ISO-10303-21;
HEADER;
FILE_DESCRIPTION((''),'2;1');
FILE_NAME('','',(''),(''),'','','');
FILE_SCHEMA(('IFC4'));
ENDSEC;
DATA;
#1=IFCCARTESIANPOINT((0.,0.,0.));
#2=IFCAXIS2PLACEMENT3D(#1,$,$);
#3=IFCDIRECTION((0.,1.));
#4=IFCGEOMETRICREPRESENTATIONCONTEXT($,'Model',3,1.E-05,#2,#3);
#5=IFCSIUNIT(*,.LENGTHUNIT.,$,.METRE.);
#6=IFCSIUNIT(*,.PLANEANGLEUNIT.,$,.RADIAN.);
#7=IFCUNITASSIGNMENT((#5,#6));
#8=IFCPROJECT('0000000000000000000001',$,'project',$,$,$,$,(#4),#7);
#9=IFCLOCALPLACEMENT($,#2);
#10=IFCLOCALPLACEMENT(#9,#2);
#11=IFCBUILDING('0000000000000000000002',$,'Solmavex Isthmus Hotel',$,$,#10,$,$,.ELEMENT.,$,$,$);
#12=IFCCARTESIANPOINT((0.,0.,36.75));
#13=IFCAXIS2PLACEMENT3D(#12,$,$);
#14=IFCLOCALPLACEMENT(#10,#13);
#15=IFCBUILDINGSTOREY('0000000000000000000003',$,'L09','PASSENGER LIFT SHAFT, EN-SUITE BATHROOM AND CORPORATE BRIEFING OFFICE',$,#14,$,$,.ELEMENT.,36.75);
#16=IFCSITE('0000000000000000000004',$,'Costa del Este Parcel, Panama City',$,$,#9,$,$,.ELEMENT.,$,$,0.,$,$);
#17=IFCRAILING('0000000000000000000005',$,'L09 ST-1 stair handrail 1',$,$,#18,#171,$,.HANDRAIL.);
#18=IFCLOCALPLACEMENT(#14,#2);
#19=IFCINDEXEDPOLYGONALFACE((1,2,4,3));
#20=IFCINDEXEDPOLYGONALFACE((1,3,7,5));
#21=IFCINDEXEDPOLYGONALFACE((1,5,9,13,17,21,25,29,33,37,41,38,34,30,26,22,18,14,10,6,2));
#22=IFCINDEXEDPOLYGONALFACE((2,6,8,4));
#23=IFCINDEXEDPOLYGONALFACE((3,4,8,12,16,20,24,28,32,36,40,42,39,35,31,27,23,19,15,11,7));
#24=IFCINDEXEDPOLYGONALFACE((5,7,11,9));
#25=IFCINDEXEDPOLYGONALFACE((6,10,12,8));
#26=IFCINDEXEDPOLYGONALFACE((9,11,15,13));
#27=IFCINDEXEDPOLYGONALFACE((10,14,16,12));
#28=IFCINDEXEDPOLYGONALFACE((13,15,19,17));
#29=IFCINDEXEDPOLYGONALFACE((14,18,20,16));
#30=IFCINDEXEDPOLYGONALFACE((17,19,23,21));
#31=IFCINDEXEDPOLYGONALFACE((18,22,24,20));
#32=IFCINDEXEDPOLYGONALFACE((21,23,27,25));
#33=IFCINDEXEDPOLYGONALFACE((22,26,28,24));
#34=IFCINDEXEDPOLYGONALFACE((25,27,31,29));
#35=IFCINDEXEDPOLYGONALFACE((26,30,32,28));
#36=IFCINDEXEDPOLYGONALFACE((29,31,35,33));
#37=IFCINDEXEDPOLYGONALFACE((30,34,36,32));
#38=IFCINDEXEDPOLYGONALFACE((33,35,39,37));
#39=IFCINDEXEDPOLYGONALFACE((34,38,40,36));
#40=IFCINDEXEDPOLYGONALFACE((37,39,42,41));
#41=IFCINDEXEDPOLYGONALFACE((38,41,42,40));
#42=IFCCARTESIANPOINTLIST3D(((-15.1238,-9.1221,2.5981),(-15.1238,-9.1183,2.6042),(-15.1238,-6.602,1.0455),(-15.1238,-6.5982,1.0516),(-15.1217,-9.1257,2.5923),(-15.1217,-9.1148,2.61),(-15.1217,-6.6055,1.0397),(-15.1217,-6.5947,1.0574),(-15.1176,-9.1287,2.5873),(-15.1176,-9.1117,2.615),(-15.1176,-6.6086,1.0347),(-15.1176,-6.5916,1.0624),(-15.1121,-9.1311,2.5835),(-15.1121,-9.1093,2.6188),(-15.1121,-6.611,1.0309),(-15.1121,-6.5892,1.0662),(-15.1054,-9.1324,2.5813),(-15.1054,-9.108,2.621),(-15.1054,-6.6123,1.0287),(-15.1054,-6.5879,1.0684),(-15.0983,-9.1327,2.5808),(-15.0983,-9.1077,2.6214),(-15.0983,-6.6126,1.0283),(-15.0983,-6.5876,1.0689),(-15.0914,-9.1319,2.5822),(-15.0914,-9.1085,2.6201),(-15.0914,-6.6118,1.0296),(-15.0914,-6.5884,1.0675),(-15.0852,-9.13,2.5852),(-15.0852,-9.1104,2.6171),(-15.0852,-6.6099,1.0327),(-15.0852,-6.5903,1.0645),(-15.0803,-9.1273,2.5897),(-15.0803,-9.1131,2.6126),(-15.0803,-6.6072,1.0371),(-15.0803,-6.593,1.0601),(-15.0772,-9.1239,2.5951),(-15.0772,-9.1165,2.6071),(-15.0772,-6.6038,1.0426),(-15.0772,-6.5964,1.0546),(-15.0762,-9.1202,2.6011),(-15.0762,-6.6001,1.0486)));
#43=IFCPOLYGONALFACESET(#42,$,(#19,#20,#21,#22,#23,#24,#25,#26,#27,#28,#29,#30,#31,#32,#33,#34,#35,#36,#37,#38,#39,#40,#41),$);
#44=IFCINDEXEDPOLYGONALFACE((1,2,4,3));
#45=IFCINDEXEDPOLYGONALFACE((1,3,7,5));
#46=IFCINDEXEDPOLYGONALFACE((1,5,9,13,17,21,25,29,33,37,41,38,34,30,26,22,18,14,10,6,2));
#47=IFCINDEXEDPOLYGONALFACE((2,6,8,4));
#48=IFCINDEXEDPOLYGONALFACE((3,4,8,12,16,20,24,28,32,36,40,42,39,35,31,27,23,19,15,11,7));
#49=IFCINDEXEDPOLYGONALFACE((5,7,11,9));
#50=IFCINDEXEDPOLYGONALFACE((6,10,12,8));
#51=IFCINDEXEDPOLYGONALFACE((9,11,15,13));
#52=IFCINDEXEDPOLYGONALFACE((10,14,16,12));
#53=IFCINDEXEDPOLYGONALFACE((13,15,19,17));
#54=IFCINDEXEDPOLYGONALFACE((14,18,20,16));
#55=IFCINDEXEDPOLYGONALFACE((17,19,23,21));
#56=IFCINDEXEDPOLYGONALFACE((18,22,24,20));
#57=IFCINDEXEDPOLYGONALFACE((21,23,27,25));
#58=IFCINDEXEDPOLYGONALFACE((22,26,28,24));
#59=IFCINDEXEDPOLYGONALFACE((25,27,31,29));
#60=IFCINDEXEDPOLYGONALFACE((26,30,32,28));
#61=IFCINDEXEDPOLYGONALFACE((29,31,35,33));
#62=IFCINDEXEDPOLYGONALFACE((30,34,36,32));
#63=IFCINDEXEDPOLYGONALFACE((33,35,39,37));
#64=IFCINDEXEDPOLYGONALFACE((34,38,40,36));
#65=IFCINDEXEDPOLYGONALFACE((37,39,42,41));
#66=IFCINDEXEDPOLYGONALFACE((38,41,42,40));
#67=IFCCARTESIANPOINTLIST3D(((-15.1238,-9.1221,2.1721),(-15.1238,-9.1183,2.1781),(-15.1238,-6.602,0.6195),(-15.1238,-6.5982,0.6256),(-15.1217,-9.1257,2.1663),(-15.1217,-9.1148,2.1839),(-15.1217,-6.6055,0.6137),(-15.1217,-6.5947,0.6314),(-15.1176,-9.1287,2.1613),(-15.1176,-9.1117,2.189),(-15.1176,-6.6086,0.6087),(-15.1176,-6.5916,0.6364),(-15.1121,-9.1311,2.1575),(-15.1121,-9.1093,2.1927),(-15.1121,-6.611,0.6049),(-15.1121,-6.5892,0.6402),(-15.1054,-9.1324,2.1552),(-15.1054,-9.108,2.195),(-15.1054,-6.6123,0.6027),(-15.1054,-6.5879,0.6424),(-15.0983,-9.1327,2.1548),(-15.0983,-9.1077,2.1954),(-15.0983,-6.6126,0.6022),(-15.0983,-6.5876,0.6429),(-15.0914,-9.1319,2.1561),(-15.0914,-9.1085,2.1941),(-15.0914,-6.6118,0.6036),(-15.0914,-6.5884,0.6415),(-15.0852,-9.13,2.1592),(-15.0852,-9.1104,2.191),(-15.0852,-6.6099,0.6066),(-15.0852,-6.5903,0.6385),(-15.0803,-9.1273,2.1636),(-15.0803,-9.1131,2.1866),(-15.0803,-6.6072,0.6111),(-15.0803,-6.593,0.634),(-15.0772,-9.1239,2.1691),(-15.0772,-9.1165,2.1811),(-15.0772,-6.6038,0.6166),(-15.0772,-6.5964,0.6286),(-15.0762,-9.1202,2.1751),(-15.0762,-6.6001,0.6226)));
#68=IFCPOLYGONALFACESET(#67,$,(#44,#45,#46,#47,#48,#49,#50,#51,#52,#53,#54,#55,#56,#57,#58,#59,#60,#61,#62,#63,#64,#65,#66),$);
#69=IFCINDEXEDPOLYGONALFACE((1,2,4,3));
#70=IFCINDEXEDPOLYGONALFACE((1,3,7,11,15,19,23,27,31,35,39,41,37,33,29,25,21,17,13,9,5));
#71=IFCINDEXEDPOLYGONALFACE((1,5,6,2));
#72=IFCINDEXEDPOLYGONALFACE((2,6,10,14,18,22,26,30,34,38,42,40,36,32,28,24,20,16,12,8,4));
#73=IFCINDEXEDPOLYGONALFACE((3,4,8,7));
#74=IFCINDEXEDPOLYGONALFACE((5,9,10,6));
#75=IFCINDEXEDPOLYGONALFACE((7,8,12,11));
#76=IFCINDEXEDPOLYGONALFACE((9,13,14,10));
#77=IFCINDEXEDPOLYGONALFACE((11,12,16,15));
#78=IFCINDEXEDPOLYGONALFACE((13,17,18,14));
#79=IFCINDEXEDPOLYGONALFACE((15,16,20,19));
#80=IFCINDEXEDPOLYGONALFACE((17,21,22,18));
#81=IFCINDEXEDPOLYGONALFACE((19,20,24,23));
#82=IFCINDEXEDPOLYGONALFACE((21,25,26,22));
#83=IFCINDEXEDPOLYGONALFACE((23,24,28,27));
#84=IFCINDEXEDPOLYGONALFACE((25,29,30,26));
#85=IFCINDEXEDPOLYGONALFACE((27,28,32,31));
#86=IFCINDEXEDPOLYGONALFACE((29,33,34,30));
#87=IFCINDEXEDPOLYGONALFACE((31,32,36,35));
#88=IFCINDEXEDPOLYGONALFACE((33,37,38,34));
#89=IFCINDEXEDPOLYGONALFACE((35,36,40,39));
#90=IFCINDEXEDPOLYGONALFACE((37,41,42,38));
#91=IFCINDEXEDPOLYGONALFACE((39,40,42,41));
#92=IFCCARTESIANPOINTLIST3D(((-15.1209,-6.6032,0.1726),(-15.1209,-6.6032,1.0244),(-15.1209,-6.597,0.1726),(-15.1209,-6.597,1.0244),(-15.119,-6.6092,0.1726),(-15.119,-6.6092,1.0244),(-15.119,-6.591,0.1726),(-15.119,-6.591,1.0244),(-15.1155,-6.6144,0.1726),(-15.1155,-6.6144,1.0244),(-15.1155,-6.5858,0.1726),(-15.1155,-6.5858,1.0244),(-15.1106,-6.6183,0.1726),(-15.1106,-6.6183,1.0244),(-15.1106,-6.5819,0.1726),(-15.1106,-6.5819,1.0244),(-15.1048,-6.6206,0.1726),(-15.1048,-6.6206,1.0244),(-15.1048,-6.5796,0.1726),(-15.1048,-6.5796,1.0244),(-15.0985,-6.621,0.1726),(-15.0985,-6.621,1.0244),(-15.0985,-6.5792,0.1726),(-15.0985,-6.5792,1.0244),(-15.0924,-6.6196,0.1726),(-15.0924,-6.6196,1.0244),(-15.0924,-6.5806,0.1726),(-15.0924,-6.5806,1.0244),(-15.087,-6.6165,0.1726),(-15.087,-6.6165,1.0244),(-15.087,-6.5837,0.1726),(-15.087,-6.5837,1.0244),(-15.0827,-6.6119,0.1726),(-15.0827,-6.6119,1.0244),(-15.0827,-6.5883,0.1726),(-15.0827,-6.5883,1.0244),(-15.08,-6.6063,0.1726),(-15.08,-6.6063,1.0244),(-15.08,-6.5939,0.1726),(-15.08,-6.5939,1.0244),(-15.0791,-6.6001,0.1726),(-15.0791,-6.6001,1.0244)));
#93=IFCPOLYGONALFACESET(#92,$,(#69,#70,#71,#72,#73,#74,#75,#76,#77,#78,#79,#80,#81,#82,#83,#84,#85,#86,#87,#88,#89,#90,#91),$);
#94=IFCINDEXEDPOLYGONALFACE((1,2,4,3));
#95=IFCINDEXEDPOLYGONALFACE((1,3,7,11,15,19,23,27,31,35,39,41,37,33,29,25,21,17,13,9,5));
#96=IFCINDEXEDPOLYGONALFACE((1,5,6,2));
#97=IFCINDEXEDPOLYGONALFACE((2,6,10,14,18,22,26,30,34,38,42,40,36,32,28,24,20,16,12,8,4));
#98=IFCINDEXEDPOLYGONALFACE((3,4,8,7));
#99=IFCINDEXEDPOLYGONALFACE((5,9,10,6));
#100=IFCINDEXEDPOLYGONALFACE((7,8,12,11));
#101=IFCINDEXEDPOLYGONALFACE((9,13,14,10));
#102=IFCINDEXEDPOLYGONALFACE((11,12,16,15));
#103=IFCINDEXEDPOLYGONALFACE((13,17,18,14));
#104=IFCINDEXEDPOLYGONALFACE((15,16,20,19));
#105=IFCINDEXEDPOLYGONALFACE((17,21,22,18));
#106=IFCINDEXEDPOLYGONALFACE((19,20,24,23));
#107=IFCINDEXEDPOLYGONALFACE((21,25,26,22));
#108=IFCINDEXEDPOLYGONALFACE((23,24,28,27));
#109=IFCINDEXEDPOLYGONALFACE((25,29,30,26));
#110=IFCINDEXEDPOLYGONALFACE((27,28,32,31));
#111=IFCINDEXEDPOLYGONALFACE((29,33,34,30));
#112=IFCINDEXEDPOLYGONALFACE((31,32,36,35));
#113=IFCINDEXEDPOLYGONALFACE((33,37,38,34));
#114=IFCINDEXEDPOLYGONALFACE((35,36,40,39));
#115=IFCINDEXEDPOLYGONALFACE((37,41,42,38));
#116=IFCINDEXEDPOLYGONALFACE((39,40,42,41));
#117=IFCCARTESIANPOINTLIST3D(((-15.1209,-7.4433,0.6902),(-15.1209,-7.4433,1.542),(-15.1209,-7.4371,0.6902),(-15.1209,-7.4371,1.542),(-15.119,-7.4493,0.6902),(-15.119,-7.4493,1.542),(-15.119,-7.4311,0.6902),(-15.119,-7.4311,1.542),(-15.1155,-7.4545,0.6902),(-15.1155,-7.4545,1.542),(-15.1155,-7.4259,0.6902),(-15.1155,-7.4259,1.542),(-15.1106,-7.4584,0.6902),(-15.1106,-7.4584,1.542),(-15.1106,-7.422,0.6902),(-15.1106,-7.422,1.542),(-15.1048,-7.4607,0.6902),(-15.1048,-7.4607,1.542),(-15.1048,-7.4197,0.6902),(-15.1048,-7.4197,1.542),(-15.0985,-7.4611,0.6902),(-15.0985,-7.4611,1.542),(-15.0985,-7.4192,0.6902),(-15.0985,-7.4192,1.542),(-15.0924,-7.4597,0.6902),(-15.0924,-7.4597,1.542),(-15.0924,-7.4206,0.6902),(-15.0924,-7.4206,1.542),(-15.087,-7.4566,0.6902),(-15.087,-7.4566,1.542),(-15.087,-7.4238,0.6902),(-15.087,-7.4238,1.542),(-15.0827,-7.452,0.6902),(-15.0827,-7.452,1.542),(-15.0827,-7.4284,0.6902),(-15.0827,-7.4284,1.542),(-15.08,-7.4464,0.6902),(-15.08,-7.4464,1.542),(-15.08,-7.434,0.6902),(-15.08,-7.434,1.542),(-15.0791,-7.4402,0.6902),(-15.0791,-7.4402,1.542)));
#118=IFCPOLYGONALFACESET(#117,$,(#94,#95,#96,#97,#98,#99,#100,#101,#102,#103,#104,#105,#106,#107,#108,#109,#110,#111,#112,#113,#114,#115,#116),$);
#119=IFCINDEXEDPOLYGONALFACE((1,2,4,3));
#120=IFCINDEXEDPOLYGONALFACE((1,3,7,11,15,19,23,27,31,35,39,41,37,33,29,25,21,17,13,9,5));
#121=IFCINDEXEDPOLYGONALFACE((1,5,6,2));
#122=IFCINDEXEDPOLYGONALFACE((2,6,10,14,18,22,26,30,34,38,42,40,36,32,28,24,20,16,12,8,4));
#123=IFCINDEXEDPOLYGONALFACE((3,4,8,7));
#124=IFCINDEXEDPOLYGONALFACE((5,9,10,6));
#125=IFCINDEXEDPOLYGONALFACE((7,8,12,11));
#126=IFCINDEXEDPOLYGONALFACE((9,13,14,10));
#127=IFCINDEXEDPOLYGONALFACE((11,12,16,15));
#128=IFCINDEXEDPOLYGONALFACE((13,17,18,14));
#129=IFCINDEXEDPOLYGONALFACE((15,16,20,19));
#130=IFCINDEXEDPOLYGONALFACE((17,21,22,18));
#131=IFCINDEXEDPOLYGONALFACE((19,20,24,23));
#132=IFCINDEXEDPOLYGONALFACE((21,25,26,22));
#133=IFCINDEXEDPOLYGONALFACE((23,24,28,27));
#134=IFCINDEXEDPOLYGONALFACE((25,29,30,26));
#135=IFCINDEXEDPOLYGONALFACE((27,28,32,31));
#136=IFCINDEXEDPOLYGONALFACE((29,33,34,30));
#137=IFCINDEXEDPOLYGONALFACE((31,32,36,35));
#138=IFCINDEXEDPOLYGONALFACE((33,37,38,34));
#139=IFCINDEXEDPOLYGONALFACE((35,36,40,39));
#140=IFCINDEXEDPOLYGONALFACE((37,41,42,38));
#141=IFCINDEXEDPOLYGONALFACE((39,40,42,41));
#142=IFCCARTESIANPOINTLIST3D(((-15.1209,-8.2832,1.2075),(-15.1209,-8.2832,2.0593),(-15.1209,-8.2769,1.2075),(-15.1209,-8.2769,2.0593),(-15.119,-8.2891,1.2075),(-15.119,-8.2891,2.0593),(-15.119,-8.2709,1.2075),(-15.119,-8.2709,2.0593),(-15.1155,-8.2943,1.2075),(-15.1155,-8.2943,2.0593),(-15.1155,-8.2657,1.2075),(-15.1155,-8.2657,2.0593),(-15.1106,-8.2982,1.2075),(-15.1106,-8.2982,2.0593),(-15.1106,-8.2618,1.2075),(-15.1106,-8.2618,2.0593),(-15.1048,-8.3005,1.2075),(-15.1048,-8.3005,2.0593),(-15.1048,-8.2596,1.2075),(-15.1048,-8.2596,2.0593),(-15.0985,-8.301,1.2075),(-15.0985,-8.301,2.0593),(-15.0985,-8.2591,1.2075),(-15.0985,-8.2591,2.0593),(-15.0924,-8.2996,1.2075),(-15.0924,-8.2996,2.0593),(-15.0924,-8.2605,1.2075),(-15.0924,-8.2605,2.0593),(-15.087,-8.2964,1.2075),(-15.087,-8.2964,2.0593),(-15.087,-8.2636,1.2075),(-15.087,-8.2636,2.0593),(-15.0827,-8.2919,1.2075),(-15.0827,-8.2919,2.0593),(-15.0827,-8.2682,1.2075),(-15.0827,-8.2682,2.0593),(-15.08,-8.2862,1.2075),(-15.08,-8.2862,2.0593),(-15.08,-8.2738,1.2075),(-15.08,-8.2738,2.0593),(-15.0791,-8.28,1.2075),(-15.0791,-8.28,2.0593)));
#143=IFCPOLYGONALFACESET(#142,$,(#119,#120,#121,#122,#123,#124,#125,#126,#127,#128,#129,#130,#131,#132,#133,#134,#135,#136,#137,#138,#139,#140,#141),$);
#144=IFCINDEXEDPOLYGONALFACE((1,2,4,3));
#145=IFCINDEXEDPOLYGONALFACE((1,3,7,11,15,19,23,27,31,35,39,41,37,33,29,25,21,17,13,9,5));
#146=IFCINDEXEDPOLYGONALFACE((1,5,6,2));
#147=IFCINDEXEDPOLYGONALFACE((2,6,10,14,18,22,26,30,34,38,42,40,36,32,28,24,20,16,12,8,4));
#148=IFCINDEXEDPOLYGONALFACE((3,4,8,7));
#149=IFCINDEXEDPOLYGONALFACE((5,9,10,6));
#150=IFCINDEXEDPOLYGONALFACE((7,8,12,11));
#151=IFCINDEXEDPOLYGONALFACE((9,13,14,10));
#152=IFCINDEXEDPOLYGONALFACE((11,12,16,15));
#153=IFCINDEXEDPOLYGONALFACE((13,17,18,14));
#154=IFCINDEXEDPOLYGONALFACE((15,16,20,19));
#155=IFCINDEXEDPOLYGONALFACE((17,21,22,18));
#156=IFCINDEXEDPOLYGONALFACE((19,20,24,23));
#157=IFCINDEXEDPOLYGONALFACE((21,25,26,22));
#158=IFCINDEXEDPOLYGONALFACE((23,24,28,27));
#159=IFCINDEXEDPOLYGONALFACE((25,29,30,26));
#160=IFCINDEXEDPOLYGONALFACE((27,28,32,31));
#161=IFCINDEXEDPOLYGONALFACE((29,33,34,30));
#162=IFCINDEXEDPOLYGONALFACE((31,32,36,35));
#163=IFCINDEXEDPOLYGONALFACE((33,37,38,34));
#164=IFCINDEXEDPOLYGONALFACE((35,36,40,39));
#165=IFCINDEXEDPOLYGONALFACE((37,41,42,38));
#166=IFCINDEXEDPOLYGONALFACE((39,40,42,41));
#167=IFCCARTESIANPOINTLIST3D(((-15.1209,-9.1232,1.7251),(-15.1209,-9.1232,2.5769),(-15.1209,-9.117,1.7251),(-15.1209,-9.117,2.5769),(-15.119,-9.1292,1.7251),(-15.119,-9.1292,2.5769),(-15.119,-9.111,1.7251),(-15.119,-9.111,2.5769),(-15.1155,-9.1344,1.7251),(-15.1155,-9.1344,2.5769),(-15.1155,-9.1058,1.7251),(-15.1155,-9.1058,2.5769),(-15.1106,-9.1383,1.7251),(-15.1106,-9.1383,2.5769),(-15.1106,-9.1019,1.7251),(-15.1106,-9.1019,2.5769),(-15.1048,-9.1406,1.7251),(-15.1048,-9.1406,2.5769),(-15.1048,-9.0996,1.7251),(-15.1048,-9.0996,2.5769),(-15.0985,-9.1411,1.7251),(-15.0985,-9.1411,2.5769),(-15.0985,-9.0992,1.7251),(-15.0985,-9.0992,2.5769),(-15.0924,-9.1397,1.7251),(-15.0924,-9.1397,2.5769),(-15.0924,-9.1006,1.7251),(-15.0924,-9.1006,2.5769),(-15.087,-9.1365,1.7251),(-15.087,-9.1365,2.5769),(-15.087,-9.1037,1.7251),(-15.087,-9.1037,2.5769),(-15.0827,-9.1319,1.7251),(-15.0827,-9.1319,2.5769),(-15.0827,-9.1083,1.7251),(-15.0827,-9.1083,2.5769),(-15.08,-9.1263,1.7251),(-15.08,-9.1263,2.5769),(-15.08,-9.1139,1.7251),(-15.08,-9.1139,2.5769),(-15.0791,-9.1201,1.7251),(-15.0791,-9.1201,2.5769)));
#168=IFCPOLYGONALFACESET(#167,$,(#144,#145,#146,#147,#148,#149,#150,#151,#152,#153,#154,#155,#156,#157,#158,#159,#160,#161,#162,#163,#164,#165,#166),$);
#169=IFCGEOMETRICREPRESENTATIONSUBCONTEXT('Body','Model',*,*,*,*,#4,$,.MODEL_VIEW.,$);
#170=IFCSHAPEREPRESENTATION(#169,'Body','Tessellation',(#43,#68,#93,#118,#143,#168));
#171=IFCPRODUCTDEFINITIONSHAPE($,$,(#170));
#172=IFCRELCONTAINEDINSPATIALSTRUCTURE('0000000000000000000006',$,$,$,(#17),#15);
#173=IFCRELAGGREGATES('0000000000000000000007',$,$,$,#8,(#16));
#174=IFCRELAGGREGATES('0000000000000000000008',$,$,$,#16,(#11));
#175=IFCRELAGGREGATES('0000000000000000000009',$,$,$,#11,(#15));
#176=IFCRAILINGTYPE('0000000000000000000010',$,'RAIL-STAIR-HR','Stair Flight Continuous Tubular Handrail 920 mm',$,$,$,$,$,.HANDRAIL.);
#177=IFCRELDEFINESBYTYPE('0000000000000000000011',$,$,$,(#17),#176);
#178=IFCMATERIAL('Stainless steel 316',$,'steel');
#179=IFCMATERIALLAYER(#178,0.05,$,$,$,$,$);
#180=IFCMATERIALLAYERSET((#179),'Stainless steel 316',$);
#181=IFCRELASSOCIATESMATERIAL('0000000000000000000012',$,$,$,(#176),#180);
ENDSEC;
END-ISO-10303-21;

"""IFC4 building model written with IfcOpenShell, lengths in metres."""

from ifc_helpers import new_model, si_unit, direction, frame, origin, origin_2d, place, context, subcontext, project, spatial, circle, extrude, material, layer, layer_set, type_object, element, save


model = new_model("IFC4")

# Units and contexts
model_context = context("Model", 3, precision=1e-05, world=origin(), true_north=direction((0.0, 1.0)))
body_context = subcontext(model_context, "Body", "Model", "MODEL_VIEW")
ifc_project = project(units=[si_unit("LENGTHUNIT", "METRE"), si_unit("PLANEANGLEUNIT", "RADIAN")], contexts=[model_context])

# Site, building, storey
site_placement = place(None, origin())
site = spatial("IfcSite", under=ifc_project, at=site_placement, Name="Costa del Este Parcel, Panama City", CompositionType="ELEMENT", RefElevation=0.0)
building_placement = place(site_placement, origin())
building = spatial("IfcBuilding", under=site, at=building_placement, Name="Solmavex Isthmus Hotel", CompositionType="ELEMENT")
storey_placement = place(building_placement, frame((0.0, 0.0, 36.75)))
storey = spatial("IfcBuildingStorey", under=building, at=storey_placement, Name="L09", Description="PASSENGER LIFT SHAFT, EN-SUITE BATHROOM AND CORPORATE BRIEFING OFFICE", CompositionType="ELEMENT", Elevation=36.75)

# Railing
ifc_material_1 = material(Name="Stainless steel 316", Category="steel")
ifc_layer_1 = layer(ifc_material_1, 0.05)
ifc_layer_set_1 = layer_set([ifc_layer_1], Name="Stainless steel 316")
railing_type = type_object("IfcRailingType", Name="RAIL-STAIR-HR", Description="Stair Flight Continuous Tubular Handrail 920 mm", PredefinedType="HANDRAIL", material=ifc_layer_set_1)
railing_placement = place(storey_placement, frame((-15.1001, -6.6001, 0.1726)))
element("IfcRailing", 1, at=railing_placement, inside=storey, type_object=railing_type, Name="L09 ST-1 stair handrail 1", PredefinedType="HANDRAIL", context=body_context, shape_type="SweptSolid", body=[
    extrude(circle(Radius=0.0239, at=origin_2d()), frame((0.0, 0.0, 0.876), z_axis=(0.0, -0.8514, 0.524516), x_axis=(1.0, 0.0, 0.0)), (0.0, 0.0, 1.0), 2.96),
    extrude(circle(Radius=0.0239, at=origin_2d()), frame((0.0, 0.0, 0.45), z_axis=(0.0, -0.8514, 0.524516), x_axis=(1.0, 0.0, 0.0)), (0.0, 0.0, 1.0), 2.96),
    extrude(circle(Radius=0.021, at=origin_2d()), origin(), (0.0, 0.0, 1.0), 0.8518),
    extrude(circle(Radius=0.021, at=origin_2d()), frame((0.0, -0.8401, 0.5176)), (0.0, 0.0, 1.0), 0.8518),
    extrude(circle(Radius=0.021, at=origin_2d()), frame((0.0, -1.6799, 1.0349)), (0.0, 0.0, 1.0), 0.8518),
    extrude(circle(Radius=0.021, at=origin_2d()), frame((0.0, -2.52, 1.5525)), (0.0, 0.0, 1.0), 0.8518),
])

save(model, "model.ifc")
